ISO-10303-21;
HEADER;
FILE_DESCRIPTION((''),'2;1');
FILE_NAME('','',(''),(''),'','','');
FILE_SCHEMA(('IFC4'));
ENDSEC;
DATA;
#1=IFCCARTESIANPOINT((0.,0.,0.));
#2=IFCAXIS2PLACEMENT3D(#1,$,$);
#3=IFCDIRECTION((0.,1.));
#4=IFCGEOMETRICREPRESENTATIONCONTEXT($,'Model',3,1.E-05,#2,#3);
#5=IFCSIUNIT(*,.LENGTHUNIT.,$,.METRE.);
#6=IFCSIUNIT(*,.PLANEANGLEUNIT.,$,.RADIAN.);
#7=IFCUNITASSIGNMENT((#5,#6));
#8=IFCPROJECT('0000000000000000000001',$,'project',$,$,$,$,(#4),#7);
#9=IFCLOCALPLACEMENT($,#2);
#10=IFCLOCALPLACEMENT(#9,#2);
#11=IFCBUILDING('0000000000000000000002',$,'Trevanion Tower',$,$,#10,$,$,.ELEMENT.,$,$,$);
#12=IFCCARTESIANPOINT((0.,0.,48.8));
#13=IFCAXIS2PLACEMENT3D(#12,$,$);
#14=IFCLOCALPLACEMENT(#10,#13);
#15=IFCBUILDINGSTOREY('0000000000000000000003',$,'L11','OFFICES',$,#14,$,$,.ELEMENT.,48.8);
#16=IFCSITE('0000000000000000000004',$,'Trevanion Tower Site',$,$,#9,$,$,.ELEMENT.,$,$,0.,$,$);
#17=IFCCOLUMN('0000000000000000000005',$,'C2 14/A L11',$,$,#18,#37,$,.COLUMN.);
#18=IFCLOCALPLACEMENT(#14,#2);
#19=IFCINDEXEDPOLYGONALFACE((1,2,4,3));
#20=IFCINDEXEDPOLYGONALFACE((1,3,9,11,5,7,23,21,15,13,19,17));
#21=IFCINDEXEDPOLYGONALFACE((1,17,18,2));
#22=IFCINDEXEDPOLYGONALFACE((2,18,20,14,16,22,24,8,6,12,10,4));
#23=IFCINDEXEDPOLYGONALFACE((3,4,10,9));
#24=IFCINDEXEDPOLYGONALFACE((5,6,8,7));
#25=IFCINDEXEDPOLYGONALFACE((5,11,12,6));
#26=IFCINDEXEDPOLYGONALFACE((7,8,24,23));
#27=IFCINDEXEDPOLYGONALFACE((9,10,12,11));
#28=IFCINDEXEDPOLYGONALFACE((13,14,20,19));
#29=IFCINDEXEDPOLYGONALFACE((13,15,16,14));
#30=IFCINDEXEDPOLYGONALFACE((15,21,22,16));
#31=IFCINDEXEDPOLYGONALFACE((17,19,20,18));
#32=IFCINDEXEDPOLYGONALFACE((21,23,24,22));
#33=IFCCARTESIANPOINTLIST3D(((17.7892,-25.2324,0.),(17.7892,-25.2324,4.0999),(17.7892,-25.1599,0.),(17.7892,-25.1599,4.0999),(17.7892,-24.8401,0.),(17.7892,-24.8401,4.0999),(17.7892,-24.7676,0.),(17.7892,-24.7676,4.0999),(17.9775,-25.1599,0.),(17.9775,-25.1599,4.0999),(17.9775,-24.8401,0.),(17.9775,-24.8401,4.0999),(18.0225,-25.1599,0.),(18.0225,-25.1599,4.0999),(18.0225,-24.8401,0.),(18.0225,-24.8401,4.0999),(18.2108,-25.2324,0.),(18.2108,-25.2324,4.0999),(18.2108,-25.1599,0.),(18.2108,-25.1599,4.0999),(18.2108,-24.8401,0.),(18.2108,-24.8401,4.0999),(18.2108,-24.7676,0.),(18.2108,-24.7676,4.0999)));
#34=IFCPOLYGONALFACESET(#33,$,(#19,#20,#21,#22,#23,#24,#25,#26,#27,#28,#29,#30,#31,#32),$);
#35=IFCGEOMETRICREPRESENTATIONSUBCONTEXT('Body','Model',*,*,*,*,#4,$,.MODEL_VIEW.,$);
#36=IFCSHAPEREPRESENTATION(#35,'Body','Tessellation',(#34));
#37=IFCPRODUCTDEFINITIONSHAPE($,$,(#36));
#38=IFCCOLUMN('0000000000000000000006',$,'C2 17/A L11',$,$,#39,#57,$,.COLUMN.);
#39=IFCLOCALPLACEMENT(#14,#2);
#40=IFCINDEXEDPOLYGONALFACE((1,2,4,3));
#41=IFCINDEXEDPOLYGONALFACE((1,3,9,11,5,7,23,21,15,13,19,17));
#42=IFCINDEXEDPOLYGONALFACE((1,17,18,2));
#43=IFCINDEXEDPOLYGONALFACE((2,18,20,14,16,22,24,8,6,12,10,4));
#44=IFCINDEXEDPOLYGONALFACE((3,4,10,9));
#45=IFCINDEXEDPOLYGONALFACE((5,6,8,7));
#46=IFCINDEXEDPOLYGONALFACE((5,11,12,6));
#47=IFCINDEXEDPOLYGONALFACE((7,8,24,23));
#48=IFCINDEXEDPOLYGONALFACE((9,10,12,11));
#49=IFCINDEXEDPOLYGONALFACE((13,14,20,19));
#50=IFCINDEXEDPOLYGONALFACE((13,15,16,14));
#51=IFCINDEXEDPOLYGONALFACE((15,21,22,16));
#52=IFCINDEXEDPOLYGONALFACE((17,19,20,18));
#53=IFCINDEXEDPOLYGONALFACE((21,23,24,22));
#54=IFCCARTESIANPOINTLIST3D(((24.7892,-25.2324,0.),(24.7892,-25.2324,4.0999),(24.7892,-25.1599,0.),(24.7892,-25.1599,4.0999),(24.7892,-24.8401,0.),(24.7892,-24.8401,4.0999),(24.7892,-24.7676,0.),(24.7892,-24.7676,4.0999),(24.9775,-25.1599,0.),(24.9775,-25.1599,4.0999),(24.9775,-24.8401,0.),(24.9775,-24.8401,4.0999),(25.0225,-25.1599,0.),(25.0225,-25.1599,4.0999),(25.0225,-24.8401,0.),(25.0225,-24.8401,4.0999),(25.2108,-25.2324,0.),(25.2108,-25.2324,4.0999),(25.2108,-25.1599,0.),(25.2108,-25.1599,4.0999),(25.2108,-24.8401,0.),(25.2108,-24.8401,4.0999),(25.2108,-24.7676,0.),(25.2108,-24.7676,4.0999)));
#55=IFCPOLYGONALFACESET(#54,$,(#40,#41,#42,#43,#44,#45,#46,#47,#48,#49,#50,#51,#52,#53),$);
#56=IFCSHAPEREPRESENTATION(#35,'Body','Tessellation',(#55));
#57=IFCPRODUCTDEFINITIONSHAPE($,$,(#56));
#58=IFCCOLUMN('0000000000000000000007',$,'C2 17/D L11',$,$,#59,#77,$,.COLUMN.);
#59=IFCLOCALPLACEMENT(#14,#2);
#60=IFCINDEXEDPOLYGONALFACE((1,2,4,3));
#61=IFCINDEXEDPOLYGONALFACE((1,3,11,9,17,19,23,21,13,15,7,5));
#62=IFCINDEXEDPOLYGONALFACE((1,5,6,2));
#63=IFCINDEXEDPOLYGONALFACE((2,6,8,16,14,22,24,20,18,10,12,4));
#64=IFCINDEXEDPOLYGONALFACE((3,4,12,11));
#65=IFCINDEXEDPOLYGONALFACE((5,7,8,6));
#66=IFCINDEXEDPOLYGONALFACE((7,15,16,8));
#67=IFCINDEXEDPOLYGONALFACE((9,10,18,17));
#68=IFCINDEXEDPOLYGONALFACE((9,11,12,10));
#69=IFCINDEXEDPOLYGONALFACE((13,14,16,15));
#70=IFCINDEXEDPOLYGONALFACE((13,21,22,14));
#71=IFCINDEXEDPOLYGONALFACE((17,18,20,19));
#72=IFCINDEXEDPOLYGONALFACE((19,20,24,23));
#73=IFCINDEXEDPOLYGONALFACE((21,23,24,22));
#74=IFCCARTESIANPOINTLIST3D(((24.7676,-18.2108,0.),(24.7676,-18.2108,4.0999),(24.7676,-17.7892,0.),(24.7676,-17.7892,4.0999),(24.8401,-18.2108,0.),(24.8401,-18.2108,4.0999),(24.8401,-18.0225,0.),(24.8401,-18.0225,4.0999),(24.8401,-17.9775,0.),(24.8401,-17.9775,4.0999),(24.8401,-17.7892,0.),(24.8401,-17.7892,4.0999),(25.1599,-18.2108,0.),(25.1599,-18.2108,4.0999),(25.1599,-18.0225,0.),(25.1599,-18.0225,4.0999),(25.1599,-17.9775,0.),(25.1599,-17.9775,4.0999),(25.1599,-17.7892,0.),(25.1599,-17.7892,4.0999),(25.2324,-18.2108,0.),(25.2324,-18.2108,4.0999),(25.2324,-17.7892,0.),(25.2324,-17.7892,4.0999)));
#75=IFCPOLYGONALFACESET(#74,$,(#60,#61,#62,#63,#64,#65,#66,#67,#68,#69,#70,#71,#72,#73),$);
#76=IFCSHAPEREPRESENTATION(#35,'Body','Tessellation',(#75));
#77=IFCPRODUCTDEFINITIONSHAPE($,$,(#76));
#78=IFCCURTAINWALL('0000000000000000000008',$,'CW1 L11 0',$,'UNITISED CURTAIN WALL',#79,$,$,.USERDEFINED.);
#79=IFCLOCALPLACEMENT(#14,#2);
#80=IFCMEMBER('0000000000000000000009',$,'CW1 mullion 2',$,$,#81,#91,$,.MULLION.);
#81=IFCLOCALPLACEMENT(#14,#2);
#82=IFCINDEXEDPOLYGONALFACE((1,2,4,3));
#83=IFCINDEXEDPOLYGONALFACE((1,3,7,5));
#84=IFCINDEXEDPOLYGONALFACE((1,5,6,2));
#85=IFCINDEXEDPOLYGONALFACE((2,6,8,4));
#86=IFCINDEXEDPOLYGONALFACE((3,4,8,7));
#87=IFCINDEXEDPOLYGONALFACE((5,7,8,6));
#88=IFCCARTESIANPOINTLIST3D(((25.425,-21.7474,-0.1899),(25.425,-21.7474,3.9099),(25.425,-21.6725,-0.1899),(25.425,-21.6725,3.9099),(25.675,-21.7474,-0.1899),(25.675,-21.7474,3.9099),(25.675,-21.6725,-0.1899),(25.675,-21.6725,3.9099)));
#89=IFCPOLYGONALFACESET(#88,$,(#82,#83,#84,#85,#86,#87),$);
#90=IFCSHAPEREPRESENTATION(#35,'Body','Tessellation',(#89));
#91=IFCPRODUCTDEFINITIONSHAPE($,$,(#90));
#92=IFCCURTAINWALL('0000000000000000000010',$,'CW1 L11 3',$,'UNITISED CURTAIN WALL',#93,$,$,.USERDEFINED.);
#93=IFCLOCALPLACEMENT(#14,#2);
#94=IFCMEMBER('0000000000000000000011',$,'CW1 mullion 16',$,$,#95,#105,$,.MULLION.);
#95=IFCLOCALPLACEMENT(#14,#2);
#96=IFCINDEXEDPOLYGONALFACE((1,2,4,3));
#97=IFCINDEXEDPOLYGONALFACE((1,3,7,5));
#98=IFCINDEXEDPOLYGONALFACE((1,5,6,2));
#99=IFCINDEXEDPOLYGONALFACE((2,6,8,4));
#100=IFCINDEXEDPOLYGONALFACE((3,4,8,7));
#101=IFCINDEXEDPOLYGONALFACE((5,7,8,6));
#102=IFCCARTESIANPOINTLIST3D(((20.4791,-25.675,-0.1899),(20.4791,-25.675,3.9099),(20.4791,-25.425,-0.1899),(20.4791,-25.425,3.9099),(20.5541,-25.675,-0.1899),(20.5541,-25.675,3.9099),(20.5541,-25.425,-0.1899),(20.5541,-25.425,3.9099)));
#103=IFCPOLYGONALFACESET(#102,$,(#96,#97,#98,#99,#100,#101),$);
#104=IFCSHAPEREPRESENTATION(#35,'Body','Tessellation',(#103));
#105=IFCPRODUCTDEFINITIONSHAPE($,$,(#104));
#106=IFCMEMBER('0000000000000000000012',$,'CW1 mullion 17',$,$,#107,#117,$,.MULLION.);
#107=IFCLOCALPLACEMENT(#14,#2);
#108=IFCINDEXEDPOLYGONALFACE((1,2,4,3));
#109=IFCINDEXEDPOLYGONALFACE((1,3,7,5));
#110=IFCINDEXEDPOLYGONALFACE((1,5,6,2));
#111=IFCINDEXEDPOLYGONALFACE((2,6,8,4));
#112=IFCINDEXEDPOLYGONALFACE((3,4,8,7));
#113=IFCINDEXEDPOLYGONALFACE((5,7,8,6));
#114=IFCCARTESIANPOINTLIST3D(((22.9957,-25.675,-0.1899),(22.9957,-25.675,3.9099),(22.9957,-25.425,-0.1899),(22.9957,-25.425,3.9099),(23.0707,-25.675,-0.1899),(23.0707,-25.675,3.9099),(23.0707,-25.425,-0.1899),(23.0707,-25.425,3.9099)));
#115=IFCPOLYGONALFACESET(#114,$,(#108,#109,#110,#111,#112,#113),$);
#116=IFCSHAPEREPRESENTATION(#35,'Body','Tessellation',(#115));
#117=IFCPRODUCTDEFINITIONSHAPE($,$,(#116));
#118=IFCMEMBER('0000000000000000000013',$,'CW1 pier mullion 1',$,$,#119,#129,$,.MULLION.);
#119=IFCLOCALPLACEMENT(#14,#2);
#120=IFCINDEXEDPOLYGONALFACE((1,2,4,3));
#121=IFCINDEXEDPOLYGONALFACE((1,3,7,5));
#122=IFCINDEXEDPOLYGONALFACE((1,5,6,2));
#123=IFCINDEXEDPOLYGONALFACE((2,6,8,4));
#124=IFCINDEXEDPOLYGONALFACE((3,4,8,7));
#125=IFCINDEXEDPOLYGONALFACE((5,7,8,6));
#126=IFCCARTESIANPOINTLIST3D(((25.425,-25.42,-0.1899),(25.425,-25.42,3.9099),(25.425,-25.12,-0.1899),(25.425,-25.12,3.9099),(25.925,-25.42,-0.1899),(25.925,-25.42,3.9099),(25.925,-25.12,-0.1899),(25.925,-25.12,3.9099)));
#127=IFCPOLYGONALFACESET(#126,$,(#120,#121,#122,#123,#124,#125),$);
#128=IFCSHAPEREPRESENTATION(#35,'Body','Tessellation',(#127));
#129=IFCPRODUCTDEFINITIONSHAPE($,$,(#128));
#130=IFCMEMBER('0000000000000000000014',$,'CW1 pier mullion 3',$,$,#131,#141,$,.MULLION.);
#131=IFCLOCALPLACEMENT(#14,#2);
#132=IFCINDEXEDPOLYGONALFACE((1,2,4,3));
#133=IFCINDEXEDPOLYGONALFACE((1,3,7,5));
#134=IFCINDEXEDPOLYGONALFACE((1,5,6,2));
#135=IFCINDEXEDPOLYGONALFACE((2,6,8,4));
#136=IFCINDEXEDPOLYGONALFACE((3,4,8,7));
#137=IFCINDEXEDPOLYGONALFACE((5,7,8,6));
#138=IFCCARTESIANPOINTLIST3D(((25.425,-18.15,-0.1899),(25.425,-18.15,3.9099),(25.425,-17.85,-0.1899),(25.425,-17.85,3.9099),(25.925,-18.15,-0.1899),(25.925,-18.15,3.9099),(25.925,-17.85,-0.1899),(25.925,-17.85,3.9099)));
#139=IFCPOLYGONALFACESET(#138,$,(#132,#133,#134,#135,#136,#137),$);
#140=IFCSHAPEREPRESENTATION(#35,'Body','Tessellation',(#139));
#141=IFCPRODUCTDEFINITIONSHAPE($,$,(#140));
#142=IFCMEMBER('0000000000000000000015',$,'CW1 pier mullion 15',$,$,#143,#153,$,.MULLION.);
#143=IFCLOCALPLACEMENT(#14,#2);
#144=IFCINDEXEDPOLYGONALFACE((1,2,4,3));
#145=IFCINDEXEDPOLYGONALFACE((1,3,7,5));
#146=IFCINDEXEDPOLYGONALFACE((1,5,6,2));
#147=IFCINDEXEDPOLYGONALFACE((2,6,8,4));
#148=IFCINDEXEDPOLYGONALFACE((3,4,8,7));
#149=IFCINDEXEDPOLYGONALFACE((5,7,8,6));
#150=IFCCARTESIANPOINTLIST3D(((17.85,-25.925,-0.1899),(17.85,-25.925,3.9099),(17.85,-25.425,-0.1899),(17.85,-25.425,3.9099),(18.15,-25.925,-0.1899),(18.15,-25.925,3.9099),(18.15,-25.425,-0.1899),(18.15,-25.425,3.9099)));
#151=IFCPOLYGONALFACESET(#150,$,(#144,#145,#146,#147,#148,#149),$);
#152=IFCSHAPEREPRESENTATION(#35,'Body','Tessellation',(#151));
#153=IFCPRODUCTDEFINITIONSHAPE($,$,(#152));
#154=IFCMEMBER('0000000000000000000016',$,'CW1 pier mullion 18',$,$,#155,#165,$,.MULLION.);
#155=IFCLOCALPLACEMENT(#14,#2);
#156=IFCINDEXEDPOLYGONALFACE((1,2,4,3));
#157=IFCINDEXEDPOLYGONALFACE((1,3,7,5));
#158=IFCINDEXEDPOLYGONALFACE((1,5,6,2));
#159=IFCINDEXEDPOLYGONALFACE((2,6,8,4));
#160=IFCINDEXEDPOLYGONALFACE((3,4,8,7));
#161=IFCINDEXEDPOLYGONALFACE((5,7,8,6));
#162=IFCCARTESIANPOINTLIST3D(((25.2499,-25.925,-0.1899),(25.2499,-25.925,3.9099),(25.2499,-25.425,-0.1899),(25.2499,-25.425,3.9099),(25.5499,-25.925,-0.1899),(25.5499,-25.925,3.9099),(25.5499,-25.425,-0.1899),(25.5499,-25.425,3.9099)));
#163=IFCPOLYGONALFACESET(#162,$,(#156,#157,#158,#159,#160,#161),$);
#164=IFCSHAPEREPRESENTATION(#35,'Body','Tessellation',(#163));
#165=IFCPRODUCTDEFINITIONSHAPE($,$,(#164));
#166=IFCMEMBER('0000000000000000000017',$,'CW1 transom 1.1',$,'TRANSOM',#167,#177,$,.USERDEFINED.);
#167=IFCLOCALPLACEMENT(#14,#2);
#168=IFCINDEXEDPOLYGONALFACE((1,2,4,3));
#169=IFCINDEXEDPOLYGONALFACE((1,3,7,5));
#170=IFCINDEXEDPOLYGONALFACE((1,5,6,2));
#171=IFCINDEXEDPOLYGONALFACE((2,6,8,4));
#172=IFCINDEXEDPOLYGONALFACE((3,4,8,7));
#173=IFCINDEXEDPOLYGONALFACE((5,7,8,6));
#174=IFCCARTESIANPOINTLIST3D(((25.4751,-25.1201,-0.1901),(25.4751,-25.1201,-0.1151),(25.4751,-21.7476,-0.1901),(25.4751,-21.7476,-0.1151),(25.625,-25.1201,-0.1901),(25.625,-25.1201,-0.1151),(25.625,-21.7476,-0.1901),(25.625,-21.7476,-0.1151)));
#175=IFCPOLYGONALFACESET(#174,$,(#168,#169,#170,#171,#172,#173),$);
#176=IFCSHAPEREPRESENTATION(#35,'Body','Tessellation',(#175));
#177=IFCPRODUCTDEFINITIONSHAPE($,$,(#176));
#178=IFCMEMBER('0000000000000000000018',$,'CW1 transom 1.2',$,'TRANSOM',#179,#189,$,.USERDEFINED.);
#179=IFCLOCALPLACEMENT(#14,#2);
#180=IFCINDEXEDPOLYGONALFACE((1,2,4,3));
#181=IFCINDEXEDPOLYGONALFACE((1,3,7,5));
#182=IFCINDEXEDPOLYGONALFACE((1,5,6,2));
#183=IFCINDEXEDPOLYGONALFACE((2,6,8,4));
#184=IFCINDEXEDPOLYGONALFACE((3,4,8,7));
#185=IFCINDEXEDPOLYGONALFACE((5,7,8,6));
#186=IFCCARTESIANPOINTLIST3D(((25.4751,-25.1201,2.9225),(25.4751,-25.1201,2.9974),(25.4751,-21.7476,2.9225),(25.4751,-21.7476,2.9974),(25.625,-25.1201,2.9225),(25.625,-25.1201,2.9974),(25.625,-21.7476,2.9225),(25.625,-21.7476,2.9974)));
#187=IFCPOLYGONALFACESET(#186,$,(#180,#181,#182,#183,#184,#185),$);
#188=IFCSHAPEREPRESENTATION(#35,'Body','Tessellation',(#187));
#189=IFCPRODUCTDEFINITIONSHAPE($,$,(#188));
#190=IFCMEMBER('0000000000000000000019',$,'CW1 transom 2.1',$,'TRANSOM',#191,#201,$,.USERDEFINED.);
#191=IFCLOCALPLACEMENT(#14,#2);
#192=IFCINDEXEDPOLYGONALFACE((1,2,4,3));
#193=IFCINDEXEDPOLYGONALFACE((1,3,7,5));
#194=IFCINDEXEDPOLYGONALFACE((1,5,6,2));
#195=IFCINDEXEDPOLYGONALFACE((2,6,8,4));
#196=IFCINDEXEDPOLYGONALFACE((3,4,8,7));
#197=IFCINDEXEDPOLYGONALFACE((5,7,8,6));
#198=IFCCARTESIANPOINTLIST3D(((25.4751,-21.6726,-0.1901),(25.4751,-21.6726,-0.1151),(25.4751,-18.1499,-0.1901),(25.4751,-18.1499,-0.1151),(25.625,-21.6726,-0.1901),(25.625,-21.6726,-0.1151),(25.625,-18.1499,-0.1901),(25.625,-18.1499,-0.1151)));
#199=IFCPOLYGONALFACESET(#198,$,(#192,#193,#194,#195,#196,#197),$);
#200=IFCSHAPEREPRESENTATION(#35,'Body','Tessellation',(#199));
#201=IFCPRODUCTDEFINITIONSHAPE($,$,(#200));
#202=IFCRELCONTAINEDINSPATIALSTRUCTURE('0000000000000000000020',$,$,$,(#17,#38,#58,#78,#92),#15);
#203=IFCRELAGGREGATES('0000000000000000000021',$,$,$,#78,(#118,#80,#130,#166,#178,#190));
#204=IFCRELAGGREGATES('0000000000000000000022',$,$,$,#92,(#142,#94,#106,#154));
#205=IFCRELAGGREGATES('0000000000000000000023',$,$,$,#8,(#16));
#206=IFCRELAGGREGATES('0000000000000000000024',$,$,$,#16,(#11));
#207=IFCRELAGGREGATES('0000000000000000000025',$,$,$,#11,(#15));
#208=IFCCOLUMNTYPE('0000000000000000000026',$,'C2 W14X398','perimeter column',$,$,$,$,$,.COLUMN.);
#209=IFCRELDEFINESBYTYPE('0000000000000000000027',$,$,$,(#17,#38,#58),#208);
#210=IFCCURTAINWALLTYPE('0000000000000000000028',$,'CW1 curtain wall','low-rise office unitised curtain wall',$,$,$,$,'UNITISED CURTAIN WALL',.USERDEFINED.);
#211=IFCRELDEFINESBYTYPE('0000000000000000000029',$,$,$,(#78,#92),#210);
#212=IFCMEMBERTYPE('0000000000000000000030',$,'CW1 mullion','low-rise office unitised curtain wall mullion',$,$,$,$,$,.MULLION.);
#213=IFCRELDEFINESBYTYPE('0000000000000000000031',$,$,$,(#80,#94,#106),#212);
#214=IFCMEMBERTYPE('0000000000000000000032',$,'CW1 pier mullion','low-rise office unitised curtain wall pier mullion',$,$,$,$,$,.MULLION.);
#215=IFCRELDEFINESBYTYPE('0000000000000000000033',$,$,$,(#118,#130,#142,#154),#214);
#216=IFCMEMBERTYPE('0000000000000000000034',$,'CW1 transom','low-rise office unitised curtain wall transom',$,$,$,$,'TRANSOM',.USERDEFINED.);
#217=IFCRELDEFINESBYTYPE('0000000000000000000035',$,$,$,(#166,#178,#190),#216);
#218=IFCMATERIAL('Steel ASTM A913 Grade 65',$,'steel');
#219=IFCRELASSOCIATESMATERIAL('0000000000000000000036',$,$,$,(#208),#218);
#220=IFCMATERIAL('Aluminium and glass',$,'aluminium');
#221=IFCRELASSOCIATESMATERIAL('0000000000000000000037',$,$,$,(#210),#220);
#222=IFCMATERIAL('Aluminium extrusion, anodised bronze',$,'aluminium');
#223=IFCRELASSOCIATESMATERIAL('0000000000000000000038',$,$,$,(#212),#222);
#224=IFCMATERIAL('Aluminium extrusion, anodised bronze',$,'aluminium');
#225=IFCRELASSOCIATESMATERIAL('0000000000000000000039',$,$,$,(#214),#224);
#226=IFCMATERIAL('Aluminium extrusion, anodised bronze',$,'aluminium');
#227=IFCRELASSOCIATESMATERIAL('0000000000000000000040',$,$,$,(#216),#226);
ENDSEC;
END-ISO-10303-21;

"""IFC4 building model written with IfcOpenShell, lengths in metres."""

from ifc_helpers import new_model, si_unit, direction, frame, origin, origin_2d, place, context, subcontext, project, spatial, rectangle, i_section, extrude, material, material_profile, profile_set, type_object, element, aggregate, save


model = new_model("IFC4")

# Units and contexts
model_context = context("Model", 3, precision=1e-05, world=origin(), true_north=direction((0.0, 1.0)))
body_context = subcontext(model_context, "Body", "Model", "MODEL_VIEW")
ifc_project = project(units=[si_unit("LENGTHUNIT", "METRE"), si_unit("PLANEANGLEUNIT", "RADIAN")], contexts=[model_context])

# Site, building, storey
site_placement = place(None, origin())
site = spatial("IfcSite", under=ifc_project, at=site_placement, Name="Trevanion Tower Site", CompositionType="ELEMENT", RefElevation=0.0)
building_placement = place(site_placement, origin())
building = spatial("IfcBuilding", under=site, at=building_placement, Name="Trevanion Tower", CompositionType="ELEMENT")
storey_placement = place(building_placement, frame((0.0, 0.0, 48.8)))
storey = spatial("IfcBuildingStorey", under=building, at=storey_placement, Name="L11", Description="OFFICES", CompositionType="ELEMENT", Elevation=48.8)

# Columns
ifc_material_1 = material(Name="Steel ASTM A913 Grade 65", Category="steel")
ifc_material_profile_1 = material_profile(ifc_material_1, i_section(OverallWidth=0.4216, OverallDepth=0.4648, WebThickness=0.0449, FlangeThickness=0.0725, at=origin_2d()), Name="W14X398")
ifc_profile_set_1 = profile_set([ifc_material_profile_1], Name="Steel ASTM A913 Grade 65")
column_type = type_object("IfcColumnType", Name="C2 W14X398", Description="perimeter column", PredefinedType="COLUMN", material=ifc_profile_set_1)
for number, where, z_axis, x_axis, name in (
    (1, (18.0, -25.0, 0.0), (0.0, 0.0, 1.0), (1.0, 0.0, 0.0), "C2 14/A L11"),
    (2, (25.0, -25.0, 0.0), (0.0, 0.0, 1.0), (1.0, 0.0, 0.0), "C2 17/A L11"),
    (3, (25.0, -18.0, 0.0), (0.0, 0.0, 1.0), (0.0, 1.0, 0.0), "C2 17/D L11"),
):
    element("IfcColumn", number, at=place(storey_placement, frame(where, z_axis=z_axis, x_axis=x_axis)), inside=storey, type_object=column_type, Name=name, PredefinedType="COLUMN", context=body_context, shape_type="SweptSolid", body=[
        extrude(i_section(OverallWidth=0.4216, OverallDepth=0.4648, WebThickness=0.0449, FlangeThickness=0.0725, at=origin_2d()), origin(), (0.0, 0.0, 1.0), 4.0999),
    ])

# Curtain wall, member
ifc_material_2 = material(Name="Aluminium and glass", Category="aluminium")
curtain_wall_type = type_object("IfcCurtainWallType", Name="CW1 curtain wall", Description="low-rise office unitised curtain wall", ElementType="UNITISED CURTAIN WALL", PredefinedType="USERDEFINED", material=ifc_material_2)
curtain_wall_1_placement = place(storey_placement, origin())
curtain_wall_1 = element("IfcCurtainWall", 4, at=curtain_wall_1_placement, inside=storey, type_object=curtain_wall_type, Name="CW1 L11 0", ObjectType="UNITISED CURTAIN WALL", PredefinedType="USERDEFINED")
ifc_material_3 = material(Name="Aluminium extrusion, anodised bronze", Category="aluminium")
ifc_material_profile_2 = material_profile(ifc_material_3, rectangle(XDim=0.075, YDim=0.25, at=origin_2d()), Name="CW1 mullion")
ifc_profile_set_2 = profile_set([ifc_material_profile_2], Name="Aluminium extrusion, anodised bronze")
member_type_1 = type_object("IfcMemberType", Name="CW1 mullion", Description="low-rise office unitised curtain wall mullion", PredefinedType="MULLION", material=ifc_profile_set_2)
member_1_placement = place(storey_placement, frame((25.55, -21.71, -0.1899), z_axis=(0.0, 0.0, 1.0), x_axis=(0.0, 1.0, 0.0)))
member_1 = element("IfcMember", 5, at=member_1_placement, type_object=member_type_1, Name="CW1 mullion 2", PredefinedType="MULLION", context=body_context, shape_type="SweptSolid", body=[
    extrude(rectangle(XDim=0.075, YDim=0.25, at=origin_2d()), origin(), (0.0, 0.0, 1.0), 4.0999),
])

# Curtain wall, members
curtain_wall_2_placement = place(storey_placement, origin())
curtain_wall_2 = element("IfcCurtainWall", 6, at=curtain_wall_2_placement, inside=storey, type_object=curtain_wall_type, Name="CW1 L11 3", ObjectType="UNITISED CURTAIN WALL", PredefinedType="USERDEFINED")
member_2_placement = place(storey_placement, frame((20.5166, -25.55, -0.1899), z_axis=(0.0, 0.0, 1.0), x_axis=(1.0, 0.0, 0.0)))
member_2 = element("IfcMember", 7, at=member_2_placement, type_object=member_type_1, Name="CW1 mullion 16", PredefinedType="MULLION", context=body_context, shape_type="SweptSolid", body=[
    extrude(rectangle(XDim=0.075, YDim=0.25, at=origin_2d()), origin(), (0.0, 0.0, 1.0), 4.0999),
])
member_3_placement = place(storey_placement, frame((23.0332, -25.55, -0.1899), z_axis=(0.0, 0.0, 1.0), x_axis=(1.0, 0.0, 0.0)))
member_3 = element("IfcMember", 8, at=member_3_placement, type_object=member_type_1, Name="CW1 mullion 17", PredefinedType="MULLION", context=body_context, shape_type="SweptSolid", body=[
    extrude(rectangle(XDim=0.075, YDim=0.25, at=origin_2d()), origin(), (0.0, 0.0, 1.0), 4.0999),
])

# Members
ifc_material_4 = material(Name="Aluminium extrusion, anodised bronze", Category="aluminium")
ifc_material_profile_3 = material_profile(ifc_material_4, rectangle(XDim=0.3, YDim=0.5, at=origin_2d()), Name="CW1 pier mullion")
ifc_profile_set_3 = profile_set([ifc_material_profile_3], Name="Aluminium extrusion, anodised bronze")
member_type_2 = type_object("IfcMemberType", Name="CW1 pier mullion", Description="low-rise office unitised curtain wall pier mullion", PredefinedType="MULLION", material=ifc_profile_set_3)
member_4_placement = place(storey_placement, frame((25.675, -25.27, -0.1899), z_axis=(0.0, 0.0, 1.0), x_axis=(0.0, 1.0, 0.0)))
member_4 = element("IfcMember", 9, at=member_4_placement, type_object=member_type_2, Name="CW1 pier mullion 1", PredefinedType="MULLION", context=body_context, shape_type="SweptSolid", body=[
    extrude(rectangle(XDim=0.3, YDim=0.5, at=origin_2d()), origin(), (0.0, 0.0, 1.0), 4.0999),
])
member_5_placement = place(storey_placement, frame((25.675, -18.0, -0.1899), z_axis=(0.0, 0.0, 1.0), x_axis=(0.0, 1.0, 0.0)))
member_5 = element("IfcMember", 10, at=member_5_placement, type_object=member_type_2, Name="CW1 pier mullion 3", PredefinedType="MULLION", context=body_context, shape_type="SweptSolid", body=[
    extrude(rectangle(XDim=0.3, YDim=0.5, at=origin_2d()), origin(), (0.0, 0.0, 1.0), 4.0999),
])
member_6_placement = place(storey_placement, frame((18.0, -25.675, -0.1899), z_axis=(0.0, 0.0, 1.0), x_axis=(1.0, 0.0, 0.0)))
member_6 = element("IfcMember", 11, at=member_6_placement, type_object=member_type_2, Name="CW1 pier mullion 15", PredefinedType="MULLION", context=body_context, shape_type="SweptSolid", body=[
    extrude(rectangle(XDim=0.3, YDim=0.5, at=origin_2d()), origin(), (0.0, 0.0, 1.0), 4.0999),
])
member_7_placement = place(storey_placement, frame((25.3999, -25.675, -0.1899), z_axis=(0.0, 0.0, 1.0), x_axis=(1.0, 0.0, 0.0)))
member_7 = element("IfcMember", 12, at=member_7_placement, type_object=member_type_2, Name="CW1 pier mullion 18", PredefinedType="MULLION", context=body_context, shape_type="SweptSolid", body=[
    extrude(rectangle(XDim=0.3, YDim=0.5, at=origin_2d()), origin(), (0.0, 0.0, 1.0), 4.0999),
])
ifc_material_5 = material(Name="Aluminium extrusion, anodised bronze", Category="aluminium")
ifc_material_profile_4 = material_profile(ifc_material_5, rectangle(XDim=0.1499, YDim=0.075, at=origin_2d()), Name="CW1 transom")
ifc_profile_set_4 = profile_set([ifc_material_profile_4], Name="Aluminium extrusion, anodised bronze")
member_type_3 = type_object("IfcMemberType", Name="CW1 transom", Description="low-rise office unitised curtain wall transom", ElementType="TRANSOM", PredefinedType="USERDEFINED", material=ifc_profile_set_4)
member_8_placement = place(storey_placement, frame((25.55, -25.1201, -0.1526), z_axis=(0.0, 1.0, 0.0), x_axis=(-1.0, 0.0, 0.0)))
member_8 = element("IfcMember", 13, at=member_8_placement, type_object=member_type_3, Name="CW1 transom 1.1", ObjectType="TRANSOM", PredefinedType="USERDEFINED", context=body_context, shape_type="SweptSolid", body=[
    extrude(rectangle(XDim=0.1499, YDim=0.075, at=origin_2d()), origin(), (0.0, 0.0, 1.0), 3.3726),
])
member_9_placement = place(storey_placement, frame((25.55, -25.1201, 2.96), z_axis=(0.0, 1.0, 0.0), x_axis=(-1.0, 0.0, 0.0)))
member_9 = element("IfcMember", 14, at=member_9_placement, type_object=member_type_3, Name="CW1 transom 1.2", ObjectType="TRANSOM", PredefinedType="USERDEFINED", context=body_context, shape_type="SweptSolid", body=[
    extrude(rectangle(XDim=0.1499, YDim=0.075, at=origin_2d()), origin(), (0.0, 0.0, 1.0), 3.3726),
])
member_10_placement = place(storey_placement, frame((25.55, -21.6726, -0.1526), z_axis=(0.0, 1.0, 0.0), x_axis=(-1.0, 0.0, 0.0)))
member_10 = element("IfcMember", 15, at=member_10_placement, type_object=member_type_3, Name="CW1 transom 2.1", ObjectType="TRANSOM", PredefinedType="USERDEFINED", context=body_context, shape_type="SweptSolid", body=[
    extrude(rectangle(XDim=0.1499, YDim=0.075, at=origin_2d()), origin(), (0.0, 0.0, 1.0), 3.5227),
])

aggregate(curtain_wall_1, [member_4, member_1, member_5, member_8, member_9, member_10])
aggregate(curtain_wall_2, [member_6, member_2, member_3, member_7])

save(model, "model.ifc")
